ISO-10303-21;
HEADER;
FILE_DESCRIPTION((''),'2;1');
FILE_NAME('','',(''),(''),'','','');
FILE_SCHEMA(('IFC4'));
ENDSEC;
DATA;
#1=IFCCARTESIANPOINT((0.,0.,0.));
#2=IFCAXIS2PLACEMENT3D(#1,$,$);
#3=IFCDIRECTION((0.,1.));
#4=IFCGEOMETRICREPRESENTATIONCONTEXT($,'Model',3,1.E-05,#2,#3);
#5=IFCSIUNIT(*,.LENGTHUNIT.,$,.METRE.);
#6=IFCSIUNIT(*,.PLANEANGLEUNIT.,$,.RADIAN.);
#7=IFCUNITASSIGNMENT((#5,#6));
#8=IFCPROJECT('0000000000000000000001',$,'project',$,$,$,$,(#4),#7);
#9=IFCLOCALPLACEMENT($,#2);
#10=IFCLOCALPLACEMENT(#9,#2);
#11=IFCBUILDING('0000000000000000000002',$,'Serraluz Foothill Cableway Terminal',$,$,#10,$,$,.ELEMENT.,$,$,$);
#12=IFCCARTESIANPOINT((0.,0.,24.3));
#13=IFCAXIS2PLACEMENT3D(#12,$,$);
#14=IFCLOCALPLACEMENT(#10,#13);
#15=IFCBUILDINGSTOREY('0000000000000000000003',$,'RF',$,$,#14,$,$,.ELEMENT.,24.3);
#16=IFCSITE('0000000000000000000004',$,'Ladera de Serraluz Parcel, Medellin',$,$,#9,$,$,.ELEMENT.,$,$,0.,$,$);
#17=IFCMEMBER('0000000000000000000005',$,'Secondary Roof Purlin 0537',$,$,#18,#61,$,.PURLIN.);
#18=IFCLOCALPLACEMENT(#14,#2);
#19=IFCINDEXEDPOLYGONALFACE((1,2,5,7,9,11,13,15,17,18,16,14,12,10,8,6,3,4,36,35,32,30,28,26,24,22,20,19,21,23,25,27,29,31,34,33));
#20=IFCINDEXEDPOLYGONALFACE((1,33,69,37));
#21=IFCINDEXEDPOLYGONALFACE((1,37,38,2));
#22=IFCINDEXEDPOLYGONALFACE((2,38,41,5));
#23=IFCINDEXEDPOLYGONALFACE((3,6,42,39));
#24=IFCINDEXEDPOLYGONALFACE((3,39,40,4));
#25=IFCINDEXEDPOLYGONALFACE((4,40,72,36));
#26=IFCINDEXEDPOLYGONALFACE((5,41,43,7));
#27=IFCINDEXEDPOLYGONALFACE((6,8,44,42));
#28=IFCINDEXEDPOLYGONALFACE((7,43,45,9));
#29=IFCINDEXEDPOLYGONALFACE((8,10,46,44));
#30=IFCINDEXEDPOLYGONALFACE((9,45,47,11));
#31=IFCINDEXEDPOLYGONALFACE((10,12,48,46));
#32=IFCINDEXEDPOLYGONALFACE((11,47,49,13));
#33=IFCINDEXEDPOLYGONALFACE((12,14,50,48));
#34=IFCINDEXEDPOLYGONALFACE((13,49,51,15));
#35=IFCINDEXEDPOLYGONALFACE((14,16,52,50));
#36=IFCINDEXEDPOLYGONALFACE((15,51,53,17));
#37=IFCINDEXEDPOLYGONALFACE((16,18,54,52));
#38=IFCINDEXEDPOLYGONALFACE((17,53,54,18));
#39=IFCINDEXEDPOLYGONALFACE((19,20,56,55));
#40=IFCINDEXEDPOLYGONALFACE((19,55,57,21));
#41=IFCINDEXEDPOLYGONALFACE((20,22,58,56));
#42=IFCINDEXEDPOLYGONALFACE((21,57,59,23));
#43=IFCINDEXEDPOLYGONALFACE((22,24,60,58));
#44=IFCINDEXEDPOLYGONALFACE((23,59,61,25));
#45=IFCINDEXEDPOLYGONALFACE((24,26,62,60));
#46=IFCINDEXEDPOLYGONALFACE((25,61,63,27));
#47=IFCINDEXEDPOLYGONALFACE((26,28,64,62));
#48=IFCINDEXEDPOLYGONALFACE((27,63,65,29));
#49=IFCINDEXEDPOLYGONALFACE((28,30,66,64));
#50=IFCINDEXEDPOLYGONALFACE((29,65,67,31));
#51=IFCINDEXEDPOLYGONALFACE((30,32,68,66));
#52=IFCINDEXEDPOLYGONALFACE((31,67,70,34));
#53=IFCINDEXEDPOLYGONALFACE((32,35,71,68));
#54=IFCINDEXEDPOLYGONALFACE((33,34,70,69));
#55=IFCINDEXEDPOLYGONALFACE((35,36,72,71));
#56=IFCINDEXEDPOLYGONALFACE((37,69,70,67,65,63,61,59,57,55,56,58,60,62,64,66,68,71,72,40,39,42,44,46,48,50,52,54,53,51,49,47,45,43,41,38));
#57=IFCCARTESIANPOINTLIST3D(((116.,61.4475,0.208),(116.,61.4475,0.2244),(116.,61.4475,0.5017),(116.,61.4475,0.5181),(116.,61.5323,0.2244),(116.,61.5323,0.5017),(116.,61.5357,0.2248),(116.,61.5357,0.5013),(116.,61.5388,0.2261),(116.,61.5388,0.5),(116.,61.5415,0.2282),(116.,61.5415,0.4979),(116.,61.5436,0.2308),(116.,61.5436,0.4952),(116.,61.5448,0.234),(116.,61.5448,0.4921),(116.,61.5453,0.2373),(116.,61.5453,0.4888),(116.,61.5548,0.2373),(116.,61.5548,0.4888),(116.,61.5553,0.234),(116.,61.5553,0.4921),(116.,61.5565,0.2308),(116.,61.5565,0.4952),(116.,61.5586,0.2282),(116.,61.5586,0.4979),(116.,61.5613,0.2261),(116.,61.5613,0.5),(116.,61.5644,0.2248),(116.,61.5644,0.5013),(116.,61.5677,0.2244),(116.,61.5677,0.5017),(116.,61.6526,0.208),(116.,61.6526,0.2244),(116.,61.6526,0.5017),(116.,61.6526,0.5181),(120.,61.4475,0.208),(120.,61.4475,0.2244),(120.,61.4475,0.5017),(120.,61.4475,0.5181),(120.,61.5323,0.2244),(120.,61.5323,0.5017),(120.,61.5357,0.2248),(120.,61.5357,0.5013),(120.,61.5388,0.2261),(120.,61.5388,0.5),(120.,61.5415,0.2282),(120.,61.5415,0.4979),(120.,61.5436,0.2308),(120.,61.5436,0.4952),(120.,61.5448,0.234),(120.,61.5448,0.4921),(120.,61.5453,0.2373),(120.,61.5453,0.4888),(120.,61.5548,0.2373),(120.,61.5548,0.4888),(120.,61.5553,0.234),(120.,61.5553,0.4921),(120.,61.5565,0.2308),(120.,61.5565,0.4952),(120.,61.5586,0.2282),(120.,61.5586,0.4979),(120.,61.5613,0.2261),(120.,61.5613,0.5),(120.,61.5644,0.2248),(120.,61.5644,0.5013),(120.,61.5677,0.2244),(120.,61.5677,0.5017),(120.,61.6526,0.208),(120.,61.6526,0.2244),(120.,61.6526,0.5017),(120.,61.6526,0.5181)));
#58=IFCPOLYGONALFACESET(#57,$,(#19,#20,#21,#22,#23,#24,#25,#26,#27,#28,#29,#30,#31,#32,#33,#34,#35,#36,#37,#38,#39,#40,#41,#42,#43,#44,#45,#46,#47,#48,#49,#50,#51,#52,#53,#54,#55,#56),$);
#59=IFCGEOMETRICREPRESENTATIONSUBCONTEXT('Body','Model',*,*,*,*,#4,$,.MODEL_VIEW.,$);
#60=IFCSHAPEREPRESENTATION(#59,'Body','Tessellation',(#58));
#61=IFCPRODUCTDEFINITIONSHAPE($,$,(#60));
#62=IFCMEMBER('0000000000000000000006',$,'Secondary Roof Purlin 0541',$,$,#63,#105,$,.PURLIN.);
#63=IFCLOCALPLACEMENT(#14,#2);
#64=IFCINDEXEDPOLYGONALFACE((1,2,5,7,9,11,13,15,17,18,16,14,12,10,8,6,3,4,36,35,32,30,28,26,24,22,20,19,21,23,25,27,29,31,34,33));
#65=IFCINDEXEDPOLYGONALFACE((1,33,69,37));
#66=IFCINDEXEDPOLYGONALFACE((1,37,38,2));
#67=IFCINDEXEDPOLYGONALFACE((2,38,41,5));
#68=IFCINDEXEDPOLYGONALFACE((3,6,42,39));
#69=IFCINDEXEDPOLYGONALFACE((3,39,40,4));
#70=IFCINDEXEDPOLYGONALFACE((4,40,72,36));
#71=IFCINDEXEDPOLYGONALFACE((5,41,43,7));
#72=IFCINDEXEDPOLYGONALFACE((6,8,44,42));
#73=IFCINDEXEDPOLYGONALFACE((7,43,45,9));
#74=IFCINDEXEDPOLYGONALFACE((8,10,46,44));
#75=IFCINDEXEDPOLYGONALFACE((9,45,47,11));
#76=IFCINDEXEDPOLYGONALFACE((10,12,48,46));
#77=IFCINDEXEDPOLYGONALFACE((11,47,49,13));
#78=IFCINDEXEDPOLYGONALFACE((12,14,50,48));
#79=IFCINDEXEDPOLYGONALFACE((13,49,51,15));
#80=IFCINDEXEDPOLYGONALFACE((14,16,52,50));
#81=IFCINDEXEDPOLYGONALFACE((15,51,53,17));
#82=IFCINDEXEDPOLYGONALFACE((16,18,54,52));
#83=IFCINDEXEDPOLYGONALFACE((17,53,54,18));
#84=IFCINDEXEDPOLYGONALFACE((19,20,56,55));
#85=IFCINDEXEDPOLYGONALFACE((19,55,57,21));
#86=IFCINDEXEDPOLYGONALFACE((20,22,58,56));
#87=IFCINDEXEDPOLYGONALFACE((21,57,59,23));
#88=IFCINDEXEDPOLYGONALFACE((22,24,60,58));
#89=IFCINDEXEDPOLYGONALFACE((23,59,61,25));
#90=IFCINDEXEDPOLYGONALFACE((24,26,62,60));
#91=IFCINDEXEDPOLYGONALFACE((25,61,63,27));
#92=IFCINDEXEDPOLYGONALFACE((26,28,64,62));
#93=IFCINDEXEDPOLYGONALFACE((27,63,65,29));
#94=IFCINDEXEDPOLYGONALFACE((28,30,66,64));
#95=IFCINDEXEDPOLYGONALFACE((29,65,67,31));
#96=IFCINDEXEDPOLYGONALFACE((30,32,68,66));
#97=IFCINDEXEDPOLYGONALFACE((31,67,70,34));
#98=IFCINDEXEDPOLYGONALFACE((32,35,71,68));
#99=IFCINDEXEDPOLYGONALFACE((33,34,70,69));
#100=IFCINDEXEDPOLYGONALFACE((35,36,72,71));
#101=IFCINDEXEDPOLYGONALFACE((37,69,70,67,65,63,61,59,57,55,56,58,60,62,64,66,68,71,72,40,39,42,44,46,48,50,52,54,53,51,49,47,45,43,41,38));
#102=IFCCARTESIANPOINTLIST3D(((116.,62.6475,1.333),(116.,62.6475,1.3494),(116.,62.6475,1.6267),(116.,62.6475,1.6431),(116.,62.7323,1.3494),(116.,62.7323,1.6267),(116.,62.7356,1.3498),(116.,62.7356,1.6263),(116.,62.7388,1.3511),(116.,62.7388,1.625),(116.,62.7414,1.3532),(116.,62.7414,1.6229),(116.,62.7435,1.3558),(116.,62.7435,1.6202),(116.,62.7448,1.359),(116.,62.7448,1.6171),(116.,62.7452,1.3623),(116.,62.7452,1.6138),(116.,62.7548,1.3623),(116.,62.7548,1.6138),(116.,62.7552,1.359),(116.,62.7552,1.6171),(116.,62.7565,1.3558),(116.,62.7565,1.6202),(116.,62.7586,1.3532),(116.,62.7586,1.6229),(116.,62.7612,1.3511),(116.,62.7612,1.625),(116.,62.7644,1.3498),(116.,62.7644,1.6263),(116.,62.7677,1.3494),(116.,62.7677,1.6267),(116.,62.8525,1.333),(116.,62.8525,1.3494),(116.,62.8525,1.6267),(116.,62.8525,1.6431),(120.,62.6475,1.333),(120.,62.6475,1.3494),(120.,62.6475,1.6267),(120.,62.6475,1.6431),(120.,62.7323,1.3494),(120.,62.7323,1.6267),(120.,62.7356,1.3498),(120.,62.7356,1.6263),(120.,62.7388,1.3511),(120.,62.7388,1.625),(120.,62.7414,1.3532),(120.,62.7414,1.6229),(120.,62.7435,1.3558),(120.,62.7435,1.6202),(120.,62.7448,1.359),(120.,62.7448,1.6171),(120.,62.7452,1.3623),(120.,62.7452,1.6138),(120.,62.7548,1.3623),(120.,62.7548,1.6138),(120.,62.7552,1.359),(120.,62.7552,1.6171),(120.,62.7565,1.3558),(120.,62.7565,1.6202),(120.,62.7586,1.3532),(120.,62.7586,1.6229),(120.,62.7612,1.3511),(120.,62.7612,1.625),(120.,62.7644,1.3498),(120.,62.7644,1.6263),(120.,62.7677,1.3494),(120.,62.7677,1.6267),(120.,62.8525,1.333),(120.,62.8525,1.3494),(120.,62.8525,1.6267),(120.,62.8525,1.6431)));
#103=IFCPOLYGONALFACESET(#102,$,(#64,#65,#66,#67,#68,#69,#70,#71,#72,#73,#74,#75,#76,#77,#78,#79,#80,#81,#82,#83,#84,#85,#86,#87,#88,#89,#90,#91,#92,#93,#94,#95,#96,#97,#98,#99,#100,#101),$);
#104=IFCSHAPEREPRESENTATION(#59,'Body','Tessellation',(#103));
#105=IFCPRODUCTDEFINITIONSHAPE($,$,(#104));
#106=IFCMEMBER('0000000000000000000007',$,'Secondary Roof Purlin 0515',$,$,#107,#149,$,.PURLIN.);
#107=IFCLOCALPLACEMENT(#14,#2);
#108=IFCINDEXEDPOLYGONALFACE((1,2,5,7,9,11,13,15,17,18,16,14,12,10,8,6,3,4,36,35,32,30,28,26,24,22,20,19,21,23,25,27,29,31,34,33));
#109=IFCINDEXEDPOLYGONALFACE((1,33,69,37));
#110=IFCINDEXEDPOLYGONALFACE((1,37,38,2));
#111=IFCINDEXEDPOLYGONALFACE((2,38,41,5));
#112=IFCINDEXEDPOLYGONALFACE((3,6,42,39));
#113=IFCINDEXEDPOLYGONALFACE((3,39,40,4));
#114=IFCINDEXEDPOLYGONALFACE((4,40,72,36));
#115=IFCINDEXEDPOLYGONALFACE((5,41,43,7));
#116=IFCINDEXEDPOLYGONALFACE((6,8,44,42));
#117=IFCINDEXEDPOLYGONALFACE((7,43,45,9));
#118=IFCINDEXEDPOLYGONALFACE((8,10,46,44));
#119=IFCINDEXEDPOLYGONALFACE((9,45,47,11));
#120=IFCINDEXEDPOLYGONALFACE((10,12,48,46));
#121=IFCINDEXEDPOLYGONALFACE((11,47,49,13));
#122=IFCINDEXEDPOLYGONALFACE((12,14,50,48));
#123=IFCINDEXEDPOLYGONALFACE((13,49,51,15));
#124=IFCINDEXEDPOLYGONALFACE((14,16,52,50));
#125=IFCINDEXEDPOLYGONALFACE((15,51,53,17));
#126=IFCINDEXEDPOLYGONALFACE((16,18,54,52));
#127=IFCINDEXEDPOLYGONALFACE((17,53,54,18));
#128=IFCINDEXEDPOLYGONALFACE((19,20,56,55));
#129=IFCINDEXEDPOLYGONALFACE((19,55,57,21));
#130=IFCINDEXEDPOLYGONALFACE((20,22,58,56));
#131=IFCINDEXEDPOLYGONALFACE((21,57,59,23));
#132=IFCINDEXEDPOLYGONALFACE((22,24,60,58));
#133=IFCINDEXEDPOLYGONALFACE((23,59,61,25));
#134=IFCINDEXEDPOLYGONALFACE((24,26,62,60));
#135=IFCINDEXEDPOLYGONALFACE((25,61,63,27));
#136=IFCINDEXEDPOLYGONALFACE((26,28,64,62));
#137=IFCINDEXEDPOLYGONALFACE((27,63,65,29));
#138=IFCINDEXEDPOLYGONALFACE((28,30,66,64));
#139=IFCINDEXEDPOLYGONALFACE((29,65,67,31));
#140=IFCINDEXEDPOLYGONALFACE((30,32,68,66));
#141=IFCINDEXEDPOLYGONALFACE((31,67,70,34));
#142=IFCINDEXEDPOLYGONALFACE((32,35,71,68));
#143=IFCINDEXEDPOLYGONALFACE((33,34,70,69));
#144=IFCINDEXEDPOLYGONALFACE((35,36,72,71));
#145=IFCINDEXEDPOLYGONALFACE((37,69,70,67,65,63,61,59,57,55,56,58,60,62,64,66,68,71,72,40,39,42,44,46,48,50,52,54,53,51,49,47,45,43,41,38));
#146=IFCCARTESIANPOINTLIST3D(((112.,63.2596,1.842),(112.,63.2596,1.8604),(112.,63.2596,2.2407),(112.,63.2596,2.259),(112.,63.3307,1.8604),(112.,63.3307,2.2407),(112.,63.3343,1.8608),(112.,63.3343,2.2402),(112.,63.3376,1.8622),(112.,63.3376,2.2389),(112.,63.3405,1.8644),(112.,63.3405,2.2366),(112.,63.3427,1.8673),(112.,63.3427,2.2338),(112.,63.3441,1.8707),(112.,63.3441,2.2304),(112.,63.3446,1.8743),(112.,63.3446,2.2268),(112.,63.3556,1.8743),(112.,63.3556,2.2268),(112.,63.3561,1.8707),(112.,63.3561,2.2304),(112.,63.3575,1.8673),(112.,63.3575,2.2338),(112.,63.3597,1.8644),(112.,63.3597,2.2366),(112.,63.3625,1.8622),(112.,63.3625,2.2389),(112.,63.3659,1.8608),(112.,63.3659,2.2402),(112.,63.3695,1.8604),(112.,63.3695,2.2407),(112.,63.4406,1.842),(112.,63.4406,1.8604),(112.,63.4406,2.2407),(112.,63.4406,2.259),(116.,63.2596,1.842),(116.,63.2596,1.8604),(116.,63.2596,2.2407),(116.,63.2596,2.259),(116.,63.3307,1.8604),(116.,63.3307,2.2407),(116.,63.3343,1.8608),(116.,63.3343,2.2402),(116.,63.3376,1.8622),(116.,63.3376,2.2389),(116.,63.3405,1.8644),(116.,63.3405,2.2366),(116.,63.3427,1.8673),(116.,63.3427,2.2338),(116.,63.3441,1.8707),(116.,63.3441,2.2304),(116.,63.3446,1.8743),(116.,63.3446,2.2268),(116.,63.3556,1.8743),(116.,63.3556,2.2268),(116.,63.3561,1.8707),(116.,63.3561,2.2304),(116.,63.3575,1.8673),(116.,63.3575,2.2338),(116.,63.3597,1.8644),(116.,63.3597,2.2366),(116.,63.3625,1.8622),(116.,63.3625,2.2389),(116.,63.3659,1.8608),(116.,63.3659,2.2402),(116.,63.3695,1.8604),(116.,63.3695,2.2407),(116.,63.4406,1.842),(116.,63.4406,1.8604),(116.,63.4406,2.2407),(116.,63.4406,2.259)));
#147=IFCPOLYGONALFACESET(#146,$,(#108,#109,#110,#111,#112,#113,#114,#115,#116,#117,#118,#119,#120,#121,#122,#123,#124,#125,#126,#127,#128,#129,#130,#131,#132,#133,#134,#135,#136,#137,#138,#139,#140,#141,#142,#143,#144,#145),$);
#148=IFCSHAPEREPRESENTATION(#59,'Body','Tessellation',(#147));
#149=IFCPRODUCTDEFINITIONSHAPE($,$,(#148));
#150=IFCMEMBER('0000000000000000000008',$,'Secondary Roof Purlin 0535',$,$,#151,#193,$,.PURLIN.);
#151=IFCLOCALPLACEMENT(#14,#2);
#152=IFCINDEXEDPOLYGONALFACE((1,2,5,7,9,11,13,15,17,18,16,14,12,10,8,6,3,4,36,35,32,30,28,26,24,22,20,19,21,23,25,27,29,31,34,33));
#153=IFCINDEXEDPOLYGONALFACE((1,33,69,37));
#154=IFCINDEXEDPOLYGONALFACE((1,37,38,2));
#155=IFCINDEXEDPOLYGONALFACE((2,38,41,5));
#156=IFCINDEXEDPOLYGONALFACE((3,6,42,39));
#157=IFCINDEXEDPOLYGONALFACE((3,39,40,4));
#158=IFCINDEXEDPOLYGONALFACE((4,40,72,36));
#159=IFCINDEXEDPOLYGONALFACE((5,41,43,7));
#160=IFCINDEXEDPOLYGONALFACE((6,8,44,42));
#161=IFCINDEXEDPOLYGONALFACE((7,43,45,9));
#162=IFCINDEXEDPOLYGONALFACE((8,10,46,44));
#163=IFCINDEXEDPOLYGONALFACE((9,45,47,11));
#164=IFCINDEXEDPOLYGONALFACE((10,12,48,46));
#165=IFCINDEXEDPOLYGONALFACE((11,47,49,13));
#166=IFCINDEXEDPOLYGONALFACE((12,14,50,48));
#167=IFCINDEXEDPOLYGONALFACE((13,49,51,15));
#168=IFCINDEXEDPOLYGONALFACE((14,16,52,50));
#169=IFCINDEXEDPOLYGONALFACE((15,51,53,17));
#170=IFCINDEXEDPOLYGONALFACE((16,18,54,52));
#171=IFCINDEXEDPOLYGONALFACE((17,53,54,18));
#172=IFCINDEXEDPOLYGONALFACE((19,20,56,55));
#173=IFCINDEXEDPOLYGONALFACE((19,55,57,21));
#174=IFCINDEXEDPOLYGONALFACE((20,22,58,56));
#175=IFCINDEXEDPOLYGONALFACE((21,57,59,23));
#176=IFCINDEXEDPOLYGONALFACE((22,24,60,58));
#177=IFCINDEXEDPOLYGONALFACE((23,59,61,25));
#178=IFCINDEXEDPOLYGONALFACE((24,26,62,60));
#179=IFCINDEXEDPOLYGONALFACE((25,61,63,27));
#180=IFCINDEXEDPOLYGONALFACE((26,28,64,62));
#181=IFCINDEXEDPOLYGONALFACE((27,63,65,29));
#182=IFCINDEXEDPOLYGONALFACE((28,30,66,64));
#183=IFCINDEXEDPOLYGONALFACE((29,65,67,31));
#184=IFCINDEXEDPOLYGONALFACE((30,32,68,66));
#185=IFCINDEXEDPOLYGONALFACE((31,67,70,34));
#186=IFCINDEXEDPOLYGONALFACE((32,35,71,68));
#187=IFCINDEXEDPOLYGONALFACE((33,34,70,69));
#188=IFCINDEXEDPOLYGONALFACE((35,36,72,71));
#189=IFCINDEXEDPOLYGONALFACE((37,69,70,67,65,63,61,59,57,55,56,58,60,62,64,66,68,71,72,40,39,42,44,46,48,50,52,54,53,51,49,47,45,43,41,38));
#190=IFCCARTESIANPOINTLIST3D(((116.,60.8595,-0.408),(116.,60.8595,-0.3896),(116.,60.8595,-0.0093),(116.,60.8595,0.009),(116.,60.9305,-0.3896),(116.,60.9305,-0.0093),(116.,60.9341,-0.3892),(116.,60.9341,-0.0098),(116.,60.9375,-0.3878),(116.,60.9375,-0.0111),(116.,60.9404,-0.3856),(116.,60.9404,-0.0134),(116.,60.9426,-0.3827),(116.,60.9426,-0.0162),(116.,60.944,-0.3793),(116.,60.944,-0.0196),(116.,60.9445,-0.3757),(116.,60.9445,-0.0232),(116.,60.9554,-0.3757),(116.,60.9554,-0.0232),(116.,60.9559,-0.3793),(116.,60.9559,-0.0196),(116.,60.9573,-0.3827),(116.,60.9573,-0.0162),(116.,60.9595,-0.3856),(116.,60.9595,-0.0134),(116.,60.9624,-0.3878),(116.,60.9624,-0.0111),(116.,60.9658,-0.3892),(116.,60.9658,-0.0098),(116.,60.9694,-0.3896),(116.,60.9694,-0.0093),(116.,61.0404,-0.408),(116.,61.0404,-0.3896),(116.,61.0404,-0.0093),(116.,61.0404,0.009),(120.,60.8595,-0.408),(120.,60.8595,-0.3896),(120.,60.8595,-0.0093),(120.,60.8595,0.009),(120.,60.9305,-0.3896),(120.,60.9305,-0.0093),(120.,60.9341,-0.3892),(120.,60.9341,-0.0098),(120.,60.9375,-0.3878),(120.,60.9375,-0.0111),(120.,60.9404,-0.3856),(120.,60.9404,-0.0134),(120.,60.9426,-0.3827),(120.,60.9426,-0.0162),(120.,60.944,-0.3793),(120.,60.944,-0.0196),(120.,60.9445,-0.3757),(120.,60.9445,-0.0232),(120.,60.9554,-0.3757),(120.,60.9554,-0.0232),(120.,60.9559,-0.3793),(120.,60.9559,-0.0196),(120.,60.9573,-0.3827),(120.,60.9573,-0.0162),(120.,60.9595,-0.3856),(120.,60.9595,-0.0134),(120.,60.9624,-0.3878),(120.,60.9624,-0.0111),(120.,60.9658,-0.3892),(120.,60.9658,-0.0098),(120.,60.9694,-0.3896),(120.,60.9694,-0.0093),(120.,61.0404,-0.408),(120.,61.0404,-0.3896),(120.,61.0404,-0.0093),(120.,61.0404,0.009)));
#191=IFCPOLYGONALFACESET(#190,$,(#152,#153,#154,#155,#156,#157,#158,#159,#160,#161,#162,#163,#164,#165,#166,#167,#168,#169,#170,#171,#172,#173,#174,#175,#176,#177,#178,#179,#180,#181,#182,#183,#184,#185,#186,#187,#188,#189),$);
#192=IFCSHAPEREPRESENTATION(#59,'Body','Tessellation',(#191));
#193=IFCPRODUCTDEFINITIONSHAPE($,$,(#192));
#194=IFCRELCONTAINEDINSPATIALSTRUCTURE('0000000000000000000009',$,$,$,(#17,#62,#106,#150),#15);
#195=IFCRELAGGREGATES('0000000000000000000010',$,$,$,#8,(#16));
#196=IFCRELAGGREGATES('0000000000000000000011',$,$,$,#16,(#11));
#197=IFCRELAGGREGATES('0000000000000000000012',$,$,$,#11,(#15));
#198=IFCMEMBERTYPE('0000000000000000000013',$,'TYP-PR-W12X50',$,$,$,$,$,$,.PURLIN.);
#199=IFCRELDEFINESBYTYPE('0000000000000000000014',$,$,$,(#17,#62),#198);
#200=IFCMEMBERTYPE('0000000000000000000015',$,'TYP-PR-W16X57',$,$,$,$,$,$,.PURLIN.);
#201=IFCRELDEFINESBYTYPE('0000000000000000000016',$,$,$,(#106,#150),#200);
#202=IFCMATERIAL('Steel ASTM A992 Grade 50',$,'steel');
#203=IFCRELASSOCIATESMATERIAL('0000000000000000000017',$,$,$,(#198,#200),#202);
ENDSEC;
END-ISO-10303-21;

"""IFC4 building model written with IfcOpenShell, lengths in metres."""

from ifc_helpers import new_model, si_unit, direction, frame, origin, origin_2d, place, context, subcontext, project, spatial, i_section, extrude, material, material_profile, profile_set, type_object, element, save


model = new_model("IFC4")

# Units and contexts
model_context = context("Model", 3, precision=1e-05, world=origin(), true_north=direction((0.0, 1.0)))
body_context = subcontext(model_context, "Body", "Model", "MODEL_VIEW")
ifc_project = project(units=[si_unit("LENGTHUNIT", "METRE"), si_unit("PLANEANGLEUNIT", "RADIAN")], contexts=[model_context])

# Site, building, storey
site_placement = place(None, origin())
site = spatial("IfcSite", under=ifc_project, at=site_placement, Name="Ladera de Serraluz Parcel, Medellin", CompositionType="ELEMENT", RefElevation=0.0)
building_placement = place(site_placement, origin())
building = spatial("IfcBuilding", under=site, at=building_placement, Name="Serraluz Foothill Cableway Terminal", CompositionType="ELEMENT")
storey_placement = place(building_placement, frame((0.0, 0.0, 24.3)))
storey = spatial("IfcBuildingStorey", under=building, at=storey_placement, Name="RF", CompositionType="ELEMENT", Elevation=24.3)

# Members
ifc_material_1 = material(Name="Steel ASTM A992 Grade 50", Category="steel")
ifc_material_profile_1 = material_profile(ifc_material_1, i_section(OverallWidth=0.2051, OverallDepth=0.3101, WebThickness=0.0095, FlangeThickness=0.0164, FilletRadius=0.0129, at=origin_2d()), Name="W12X50")
ifc_profile_set_1 = profile_set([ifc_material_profile_1], Name="Steel ASTM A992 Grade 50")
member_type_1 = type_object("IfcMemberType", Name="TYP-PR-W12X50", PredefinedType="PURLIN", material=ifc_profile_set_1)
for number, where, z_axis, x_axis, name in (
    (1, (116.0, 61.55, 0.363), (1.0, 0.0, 0.0), (0.0, 1.0, 0.0), "Secondary Roof Purlin 0537"),
    (2, (116.0, 62.75, 1.488), (1.0, 0.0, 0.0), (0.0, 1.0, 0.0), "Secondary Roof Purlin 0541"),
):
    element("IfcMember", number, at=place(storey_placement, frame(where, z_axis=z_axis, x_axis=x_axis)), inside=storey, type_object=member_type_1, Name=name, PredefinedType="PURLIN", context=body_context, shape_type="SweptSolid", body=[
        extrude(i_section(OverallWidth=0.2051, OverallDepth=0.3101, WebThickness=0.0095, FlangeThickness=0.0164, FilletRadius=0.0129, at=origin_2d()), origin(), (0.0, 0.0, 1.0), 4.0),
    ])
ifc_material_profile_2 = material_profile(ifc_material_1, i_section(OverallWidth=0.1809, OverallDepth=0.417, WebThickness=0.011, FlangeThickness=0.0183, FilletRadius=0.0139, at=origin_2d()), Name="W16X57")
ifc_profile_set_2 = profile_set([ifc_material_profile_2], Name="Steel ASTM A992 Grade 50")
member_type_2 = type_object("IfcMemberType", Name="TYP-PR-W16X57", PredefinedType="PURLIN", material=ifc_profile_set_2)
for number, where, z_axis, x_axis, name in (
    (3, (112.0, 63.3501, 2.0505), (1.0, 0.0, 0.0), (0.0, 1.0, 0.0), "Secondary Roof Purlin 0515"),
    (4, (116.0, 60.95, -0.1995), (1.0, 0.0, 0.0), (0.0, 1.0, 0.0), "Secondary Roof Purlin 0535"),
):
    element("IfcMember", number, at=place(storey_placement, frame(where, z_axis=z_axis, x_axis=x_axis)), inside=storey, type_object=member_type_2, Name=name, PredefinedType="PURLIN", context=body_context, shape_type="SweptSolid", body=[
        extrude(i_section(OverallWidth=0.1809, OverallDepth=0.417, WebThickness=0.011, FlangeThickness=0.0183, FilletRadius=0.0139, at=origin_2d()), origin(), (0.0, 0.0, 1.0), 4.0),
    ])

save(model, "model.ifc")
